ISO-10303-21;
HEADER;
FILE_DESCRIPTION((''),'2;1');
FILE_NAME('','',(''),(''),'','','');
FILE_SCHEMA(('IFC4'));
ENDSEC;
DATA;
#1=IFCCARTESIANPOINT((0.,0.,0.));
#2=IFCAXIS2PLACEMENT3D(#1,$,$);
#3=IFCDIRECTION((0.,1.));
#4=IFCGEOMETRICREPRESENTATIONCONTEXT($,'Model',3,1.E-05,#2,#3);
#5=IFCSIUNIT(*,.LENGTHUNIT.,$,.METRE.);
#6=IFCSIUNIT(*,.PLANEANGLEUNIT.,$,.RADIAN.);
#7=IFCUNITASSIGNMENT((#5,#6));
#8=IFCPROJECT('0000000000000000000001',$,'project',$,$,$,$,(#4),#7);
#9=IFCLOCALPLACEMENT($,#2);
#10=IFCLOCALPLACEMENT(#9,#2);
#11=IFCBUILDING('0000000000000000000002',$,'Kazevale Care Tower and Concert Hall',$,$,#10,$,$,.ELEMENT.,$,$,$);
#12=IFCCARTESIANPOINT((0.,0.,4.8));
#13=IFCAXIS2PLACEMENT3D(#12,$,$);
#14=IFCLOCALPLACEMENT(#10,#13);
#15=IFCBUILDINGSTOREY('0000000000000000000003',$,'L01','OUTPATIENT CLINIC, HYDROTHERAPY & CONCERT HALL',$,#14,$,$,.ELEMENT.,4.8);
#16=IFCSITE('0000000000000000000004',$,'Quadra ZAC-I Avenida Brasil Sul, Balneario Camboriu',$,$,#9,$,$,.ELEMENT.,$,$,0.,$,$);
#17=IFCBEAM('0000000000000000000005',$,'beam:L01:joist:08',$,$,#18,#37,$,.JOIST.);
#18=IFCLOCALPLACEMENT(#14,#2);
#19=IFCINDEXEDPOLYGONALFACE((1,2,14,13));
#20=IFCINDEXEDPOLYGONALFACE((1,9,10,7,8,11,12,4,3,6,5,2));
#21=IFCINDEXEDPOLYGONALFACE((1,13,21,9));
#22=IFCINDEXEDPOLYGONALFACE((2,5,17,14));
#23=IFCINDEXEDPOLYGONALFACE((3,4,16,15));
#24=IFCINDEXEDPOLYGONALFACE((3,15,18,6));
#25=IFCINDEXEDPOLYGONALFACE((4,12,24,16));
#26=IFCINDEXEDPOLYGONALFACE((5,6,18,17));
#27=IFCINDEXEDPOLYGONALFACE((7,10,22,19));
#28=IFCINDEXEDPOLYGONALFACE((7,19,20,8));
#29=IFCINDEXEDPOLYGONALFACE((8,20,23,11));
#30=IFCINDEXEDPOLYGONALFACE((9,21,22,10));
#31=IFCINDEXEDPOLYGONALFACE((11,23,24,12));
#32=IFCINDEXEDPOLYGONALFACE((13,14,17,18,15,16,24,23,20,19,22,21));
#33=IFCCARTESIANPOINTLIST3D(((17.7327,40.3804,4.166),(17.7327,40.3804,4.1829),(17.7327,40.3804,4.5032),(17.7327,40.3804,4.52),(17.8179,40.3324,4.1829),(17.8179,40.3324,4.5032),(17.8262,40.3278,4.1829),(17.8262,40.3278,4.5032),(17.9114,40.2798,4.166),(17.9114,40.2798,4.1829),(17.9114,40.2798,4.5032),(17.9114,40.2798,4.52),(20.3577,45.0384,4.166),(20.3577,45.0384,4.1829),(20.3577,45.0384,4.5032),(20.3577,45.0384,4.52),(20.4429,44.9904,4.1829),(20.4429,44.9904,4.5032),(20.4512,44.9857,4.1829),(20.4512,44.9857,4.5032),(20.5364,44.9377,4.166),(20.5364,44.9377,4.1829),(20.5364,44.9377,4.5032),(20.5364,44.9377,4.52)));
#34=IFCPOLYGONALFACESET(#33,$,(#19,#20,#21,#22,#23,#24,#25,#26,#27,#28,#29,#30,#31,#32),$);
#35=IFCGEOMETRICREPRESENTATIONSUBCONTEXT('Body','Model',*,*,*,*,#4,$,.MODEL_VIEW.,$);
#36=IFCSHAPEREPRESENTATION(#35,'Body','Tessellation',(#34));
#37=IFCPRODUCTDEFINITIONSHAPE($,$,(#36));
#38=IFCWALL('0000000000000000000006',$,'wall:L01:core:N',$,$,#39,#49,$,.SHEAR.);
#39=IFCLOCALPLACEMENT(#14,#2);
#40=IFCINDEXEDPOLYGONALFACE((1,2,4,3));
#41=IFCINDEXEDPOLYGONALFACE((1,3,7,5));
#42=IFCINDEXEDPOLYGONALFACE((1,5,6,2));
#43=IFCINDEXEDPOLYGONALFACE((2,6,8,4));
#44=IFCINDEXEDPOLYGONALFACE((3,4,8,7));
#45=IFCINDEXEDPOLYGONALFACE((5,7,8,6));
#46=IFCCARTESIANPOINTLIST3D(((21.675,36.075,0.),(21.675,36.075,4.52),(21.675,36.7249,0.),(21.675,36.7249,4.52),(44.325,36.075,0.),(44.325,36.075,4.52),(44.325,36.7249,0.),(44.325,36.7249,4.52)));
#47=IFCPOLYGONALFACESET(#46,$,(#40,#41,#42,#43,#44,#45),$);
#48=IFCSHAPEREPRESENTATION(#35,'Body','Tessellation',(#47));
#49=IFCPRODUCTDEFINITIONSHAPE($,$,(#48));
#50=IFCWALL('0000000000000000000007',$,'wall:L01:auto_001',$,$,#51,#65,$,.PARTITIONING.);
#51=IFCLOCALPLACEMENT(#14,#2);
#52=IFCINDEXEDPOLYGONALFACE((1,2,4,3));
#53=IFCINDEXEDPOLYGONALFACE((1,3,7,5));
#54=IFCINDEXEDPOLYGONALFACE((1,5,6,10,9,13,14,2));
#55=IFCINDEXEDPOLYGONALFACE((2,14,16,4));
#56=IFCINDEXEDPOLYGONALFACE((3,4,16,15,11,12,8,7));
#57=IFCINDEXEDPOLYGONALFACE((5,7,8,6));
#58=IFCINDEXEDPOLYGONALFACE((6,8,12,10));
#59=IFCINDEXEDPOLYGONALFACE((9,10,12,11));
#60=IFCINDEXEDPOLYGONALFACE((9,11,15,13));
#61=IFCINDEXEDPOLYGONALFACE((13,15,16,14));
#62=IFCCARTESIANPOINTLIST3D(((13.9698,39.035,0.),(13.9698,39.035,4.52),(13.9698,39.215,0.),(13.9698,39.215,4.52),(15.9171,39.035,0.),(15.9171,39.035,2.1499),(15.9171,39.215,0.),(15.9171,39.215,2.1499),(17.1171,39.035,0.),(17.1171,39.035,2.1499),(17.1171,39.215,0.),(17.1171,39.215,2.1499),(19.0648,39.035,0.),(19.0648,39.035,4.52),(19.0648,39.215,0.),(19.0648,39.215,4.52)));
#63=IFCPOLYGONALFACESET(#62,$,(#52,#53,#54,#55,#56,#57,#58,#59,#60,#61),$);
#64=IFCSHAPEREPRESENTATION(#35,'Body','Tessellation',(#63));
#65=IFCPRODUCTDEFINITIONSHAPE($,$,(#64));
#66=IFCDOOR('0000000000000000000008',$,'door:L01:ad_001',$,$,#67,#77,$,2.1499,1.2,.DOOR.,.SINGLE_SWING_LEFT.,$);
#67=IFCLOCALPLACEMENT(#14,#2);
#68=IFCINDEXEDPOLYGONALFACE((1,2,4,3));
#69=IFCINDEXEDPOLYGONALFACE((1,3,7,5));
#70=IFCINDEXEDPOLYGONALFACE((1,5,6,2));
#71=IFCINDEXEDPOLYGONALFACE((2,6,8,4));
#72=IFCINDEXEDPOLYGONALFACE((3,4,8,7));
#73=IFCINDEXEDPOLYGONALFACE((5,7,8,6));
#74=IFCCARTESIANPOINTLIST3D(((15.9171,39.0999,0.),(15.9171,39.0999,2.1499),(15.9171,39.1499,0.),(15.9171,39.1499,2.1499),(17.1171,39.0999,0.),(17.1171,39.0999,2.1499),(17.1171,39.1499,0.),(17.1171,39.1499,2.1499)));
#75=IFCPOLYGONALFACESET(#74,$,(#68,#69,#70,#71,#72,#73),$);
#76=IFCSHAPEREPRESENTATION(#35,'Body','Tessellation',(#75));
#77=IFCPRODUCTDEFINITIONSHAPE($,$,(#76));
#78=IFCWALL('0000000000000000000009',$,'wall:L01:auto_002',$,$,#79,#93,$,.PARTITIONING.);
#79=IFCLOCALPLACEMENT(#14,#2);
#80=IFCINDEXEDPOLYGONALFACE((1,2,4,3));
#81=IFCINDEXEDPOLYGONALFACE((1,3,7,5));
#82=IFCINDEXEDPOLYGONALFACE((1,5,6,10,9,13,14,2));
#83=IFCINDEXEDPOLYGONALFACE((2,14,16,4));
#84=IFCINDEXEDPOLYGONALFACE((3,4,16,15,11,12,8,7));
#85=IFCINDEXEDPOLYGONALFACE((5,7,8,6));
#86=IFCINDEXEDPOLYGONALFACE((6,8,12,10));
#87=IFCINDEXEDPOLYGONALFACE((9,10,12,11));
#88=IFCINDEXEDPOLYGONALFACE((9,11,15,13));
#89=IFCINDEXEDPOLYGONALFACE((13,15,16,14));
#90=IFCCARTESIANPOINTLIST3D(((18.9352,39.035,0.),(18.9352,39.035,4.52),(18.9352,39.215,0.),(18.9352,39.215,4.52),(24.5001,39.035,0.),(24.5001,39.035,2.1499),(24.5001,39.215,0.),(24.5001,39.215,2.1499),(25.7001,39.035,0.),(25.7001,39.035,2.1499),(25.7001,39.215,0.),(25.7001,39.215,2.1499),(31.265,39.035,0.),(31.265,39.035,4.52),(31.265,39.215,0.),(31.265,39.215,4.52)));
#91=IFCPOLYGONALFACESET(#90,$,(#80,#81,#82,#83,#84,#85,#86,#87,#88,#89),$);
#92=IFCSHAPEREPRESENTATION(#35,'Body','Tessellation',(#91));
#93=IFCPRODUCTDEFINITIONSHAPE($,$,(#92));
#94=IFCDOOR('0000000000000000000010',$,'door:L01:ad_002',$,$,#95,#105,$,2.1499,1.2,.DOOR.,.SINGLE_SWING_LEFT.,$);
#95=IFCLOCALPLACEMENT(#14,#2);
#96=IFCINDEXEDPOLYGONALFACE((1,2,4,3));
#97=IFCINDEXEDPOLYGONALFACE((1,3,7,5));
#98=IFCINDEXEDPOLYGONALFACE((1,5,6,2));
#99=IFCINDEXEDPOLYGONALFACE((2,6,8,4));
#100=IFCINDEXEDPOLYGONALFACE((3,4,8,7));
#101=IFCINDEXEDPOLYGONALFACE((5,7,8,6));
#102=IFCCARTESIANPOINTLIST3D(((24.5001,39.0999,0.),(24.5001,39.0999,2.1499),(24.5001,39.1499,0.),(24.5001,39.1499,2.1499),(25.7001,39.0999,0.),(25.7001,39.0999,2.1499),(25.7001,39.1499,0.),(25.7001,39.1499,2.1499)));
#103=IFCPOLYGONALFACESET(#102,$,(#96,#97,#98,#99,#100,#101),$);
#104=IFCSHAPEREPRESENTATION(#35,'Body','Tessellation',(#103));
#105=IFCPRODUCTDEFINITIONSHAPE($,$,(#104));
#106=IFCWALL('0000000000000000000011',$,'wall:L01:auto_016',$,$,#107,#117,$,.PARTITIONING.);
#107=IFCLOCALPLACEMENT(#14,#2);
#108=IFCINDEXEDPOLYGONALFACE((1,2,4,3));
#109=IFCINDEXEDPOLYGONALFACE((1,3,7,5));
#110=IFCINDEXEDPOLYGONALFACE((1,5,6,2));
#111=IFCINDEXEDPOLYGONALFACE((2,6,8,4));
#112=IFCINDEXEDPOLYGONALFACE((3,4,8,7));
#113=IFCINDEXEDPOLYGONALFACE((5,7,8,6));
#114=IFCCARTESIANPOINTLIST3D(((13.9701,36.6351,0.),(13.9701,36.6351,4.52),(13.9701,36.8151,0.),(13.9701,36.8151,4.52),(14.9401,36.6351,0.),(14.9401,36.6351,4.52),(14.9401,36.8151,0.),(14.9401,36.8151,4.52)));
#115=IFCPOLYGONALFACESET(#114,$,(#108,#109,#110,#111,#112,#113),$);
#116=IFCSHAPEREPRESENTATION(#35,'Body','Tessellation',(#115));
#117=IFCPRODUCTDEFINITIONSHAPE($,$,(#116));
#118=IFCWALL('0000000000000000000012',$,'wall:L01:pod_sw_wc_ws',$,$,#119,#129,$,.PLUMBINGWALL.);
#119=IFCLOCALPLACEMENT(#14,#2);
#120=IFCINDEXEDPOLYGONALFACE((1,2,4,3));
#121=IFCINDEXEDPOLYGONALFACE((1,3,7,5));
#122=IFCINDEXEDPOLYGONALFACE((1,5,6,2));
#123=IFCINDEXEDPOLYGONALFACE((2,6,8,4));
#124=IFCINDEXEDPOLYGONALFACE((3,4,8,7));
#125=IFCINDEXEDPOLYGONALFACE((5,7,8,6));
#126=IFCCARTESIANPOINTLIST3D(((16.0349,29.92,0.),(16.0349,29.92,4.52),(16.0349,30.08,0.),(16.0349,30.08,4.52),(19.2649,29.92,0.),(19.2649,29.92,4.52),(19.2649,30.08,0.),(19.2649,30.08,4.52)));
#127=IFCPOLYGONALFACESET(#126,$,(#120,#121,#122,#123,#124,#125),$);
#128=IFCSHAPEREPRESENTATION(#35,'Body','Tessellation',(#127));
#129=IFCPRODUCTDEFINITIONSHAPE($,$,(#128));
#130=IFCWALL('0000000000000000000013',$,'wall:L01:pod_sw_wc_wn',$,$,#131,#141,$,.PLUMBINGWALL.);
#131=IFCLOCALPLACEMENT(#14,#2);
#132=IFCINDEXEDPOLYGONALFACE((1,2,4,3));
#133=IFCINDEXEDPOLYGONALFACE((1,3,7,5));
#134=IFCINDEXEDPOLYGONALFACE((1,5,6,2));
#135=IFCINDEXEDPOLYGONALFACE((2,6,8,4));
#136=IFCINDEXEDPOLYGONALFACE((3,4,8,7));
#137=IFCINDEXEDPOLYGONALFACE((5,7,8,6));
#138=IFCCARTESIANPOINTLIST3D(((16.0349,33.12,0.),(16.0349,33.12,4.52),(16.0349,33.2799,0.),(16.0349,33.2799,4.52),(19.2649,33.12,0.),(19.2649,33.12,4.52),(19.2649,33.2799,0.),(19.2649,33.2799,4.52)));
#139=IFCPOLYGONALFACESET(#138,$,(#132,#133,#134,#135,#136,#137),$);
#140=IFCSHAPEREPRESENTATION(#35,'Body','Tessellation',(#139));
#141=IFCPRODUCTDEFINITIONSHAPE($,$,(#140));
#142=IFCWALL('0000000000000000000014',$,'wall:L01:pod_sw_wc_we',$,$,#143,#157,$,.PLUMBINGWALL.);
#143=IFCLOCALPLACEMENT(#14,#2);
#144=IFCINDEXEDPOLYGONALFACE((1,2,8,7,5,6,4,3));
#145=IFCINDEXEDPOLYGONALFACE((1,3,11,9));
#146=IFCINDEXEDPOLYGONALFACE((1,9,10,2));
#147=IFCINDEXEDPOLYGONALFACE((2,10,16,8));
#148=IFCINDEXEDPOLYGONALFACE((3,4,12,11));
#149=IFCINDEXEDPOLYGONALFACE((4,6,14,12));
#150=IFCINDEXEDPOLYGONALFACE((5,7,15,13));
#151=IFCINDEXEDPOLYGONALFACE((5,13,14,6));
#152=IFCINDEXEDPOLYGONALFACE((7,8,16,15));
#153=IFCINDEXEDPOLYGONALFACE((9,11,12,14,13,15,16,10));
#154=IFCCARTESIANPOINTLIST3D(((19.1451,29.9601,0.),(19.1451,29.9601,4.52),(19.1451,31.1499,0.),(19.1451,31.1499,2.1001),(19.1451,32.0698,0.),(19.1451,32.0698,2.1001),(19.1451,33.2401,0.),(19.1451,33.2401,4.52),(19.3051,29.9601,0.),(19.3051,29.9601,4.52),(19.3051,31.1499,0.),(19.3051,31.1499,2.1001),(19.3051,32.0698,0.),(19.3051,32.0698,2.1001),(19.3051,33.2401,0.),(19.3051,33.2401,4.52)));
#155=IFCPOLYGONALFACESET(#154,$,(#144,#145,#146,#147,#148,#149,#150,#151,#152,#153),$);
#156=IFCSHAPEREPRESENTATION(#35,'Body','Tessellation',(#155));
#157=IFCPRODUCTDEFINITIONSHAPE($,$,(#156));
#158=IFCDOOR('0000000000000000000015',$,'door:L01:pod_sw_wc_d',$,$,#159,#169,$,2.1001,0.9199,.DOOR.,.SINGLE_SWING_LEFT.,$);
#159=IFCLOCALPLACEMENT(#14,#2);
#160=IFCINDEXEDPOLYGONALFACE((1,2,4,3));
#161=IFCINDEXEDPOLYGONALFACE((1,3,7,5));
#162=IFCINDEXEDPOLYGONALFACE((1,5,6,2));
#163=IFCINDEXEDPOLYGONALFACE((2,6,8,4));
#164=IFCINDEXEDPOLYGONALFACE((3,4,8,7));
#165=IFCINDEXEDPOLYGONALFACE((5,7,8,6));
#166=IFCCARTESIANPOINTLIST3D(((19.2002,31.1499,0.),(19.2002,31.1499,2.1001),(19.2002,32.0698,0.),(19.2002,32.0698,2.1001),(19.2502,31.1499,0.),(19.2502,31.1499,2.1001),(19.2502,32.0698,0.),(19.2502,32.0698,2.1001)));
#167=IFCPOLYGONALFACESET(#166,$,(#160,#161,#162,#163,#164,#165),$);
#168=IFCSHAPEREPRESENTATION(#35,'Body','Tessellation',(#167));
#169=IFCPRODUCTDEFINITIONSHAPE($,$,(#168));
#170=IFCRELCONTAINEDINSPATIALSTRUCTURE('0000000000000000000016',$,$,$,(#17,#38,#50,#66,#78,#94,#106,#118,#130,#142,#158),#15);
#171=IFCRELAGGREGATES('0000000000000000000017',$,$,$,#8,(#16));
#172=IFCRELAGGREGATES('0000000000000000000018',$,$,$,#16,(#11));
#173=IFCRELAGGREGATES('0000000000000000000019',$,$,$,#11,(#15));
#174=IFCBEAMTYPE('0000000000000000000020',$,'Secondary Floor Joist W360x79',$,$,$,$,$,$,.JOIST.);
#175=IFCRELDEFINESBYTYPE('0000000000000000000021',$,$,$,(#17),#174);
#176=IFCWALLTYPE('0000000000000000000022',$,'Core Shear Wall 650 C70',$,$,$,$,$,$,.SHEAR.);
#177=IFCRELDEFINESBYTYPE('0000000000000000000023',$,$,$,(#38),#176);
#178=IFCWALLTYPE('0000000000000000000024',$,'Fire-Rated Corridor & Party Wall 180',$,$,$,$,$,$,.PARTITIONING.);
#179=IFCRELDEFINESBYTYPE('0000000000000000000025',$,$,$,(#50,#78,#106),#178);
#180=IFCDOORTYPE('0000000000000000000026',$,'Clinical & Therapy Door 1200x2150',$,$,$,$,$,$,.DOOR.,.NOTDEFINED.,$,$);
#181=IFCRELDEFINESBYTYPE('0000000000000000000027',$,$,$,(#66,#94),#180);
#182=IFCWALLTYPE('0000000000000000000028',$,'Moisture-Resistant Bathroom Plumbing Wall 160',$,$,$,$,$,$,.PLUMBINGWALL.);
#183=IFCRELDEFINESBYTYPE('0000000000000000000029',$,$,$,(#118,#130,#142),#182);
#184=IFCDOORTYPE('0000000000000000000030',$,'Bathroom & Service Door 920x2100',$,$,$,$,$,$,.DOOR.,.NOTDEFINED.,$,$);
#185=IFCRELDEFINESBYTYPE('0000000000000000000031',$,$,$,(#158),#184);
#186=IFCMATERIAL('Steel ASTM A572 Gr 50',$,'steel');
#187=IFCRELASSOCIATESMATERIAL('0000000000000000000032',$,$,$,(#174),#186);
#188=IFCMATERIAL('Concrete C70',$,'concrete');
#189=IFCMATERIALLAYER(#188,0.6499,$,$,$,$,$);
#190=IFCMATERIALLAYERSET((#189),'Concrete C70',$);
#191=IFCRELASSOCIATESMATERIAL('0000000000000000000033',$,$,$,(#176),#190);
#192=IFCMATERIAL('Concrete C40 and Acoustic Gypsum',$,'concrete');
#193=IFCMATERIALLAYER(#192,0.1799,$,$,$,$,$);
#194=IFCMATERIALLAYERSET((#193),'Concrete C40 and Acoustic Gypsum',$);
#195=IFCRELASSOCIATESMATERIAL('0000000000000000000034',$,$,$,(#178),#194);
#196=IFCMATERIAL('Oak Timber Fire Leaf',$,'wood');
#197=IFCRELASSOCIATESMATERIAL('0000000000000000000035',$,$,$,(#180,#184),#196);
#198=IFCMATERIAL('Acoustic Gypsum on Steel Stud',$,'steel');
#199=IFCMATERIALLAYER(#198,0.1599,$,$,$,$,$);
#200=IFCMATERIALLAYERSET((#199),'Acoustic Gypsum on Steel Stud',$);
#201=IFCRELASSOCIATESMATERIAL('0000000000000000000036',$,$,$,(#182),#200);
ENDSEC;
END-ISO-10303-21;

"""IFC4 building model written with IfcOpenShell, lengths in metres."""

from ifc_helpers import new_model, si_unit, direction, frame, frame_2d, origin, origin_2d, place, context, subcontext, project, spatial, rectangle, i_section, extrude, material, layer, layer_set, material_profile, profile_set, type_object, element, fill, save


model = new_model("IFC4")

# Units and contexts
model_context = context("Model", 3, precision=1e-05, world=origin(), true_north=direction((0.0, 1.0)))
body_context = subcontext(model_context, "Body", "Model", "MODEL_VIEW")
ifc_project = project(units=[si_unit("LENGTHUNIT", "METRE"), si_unit("PLANEANGLEUNIT", "RADIAN")], contexts=[model_context])

# Site, building, storey
site_placement = place(None, origin())
site = spatial("IfcSite", under=ifc_project, at=site_placement, Name="Quadra ZAC-I Avenida Brasil Sul, Balneario Camboriu", CompositionType="ELEMENT", RefElevation=0.0)
building_placement = place(site_placement, origin())
building = spatial("IfcBuilding", under=site, at=building_placement, Name="Kazevale Care Tower and Concert Hall", CompositionType="ELEMENT")
storey_placement = place(building_placement, frame((0.0, 0.0, 4.8)))
storey = spatial("IfcBuildingStorey", under=building, at=storey_placement, Name="L01", Description="OUTPATIENT CLINIC, HYDROTHERAPY & CONCERT HALL", CompositionType="ELEMENT", Elevation=4.8)

# Shared definitions
ifc_material_1 = material(Name="Concrete C70", Category="concrete")

# Beam
ifc_material_2 = material(Name="Steel ASTM A572 Gr 50", Category="steel")
ifc_material_profile_1 = material_profile(ifc_material_2, i_section(OverallWidth=0.2051, OverallDepth=0.354, WebThickness=0.0095, FlangeThickness=0.0168, at=origin_2d()), Name="W360x79")
ifc_profile_set_1 = profile_set([ifc_material_profile_1], Name="Steel ASTM A572 Gr 50")
beam_type_1 = type_object("IfcBeamType", Name="Secondary Floor Joist W360x79", PredefinedType="JOIST", material=ifc_profile_set_1)
beam_1_placement = place(storey_placement, frame((20.447, 44.988, 4.343), z_axis=(-0.490957, -0.871184, 0.0), x_axis=(0.871184, -0.490957, 0.0)))
element("IfcBeam", 1, at=beam_1_placement, inside=storey, type_object=beam_type_1, Name="beam:L01:joist:08", PredefinedType="JOIST", context=body_context, shape_type="SweptSolid", body=[
    extrude(i_section(OverallWidth=0.2051, OverallDepth=0.354, WebThickness=0.0095, FlangeThickness=0.0168, at=origin_2d()), origin(), (0.0, 0.0, 1.0), 5.3467),
])

# Wall
ifc_layer_1 = layer(ifc_material_1, 0.6499)
ifc_layer_set_1 = layer_set([ifc_layer_1], Name="Concrete C70")
wall_type_1 = type_object("IfcWallType", Name="Core Shear Wall 650 C70", PredefinedType="SHEAR", material=ifc_layer_set_1)
wall_1_placement = place(storey_placement, frame((21.675, 36.3999, 0.0), z_axis=(0.0, 0.0, 1.0), x_axis=(1.0, 0.0, 0.0)))
element("IfcWall", 2, at=wall_1_placement, inside=storey, type_object=wall_type_1, Name="wall:L01:core:N", PredefinedType="SHEAR", context=body_context, shape_type="SweptSolid", body=[
    extrude(rectangle(XDim=22.6499, YDim=0.6499, at=frame_2d((11.325, 0.0))), origin(), (0.0, 0.0, 1.0), 4.52),
])

# Walls, openings, doors
ifc_material_3 = material(Name="Concrete C40 and Acoustic Gypsum", Category="concrete")
ifc_layer_2 = layer(ifc_material_3, 0.1799)
ifc_layer_set_2 = layer_set([ifc_layer_2], Name="Concrete C40 and Acoustic Gypsum")
wall_type_2 = type_object("IfcWallType", Name="Fire-Rated Corridor & Party Wall 180", PredefinedType="PARTITIONING", material=ifc_layer_set_2)
wall_2_placement = place(storey_placement, frame((13.97, 39.125, 0.0), z_axis=(0.0, 0.0, 1.0), x_axis=(1.0, 0.0, 0.0)))
wall_2 = element("IfcWall", 3, at=wall_2_placement, inside=storey, type_object=wall_type_2, Name="wall:L01:auto_001", PredefinedType="PARTITIONING", context=body_context, shape_type="SweptSolid", body=[
    extrude(rectangle(XDim=5.095, YDim=0.1799, at=frame_2d((2.5474, 0.0))), origin(), (0.0, 0.0, 1.0), 4.52),
])
opening_1_placement = place(wall_2_placement, frame((1.947, 0.0, 0.0)))
opening_1 = element("IfcOpeningElement", 4, at=opening_1_placement, cuts=wall_2, PredefinedType="OPENING", context=body_context, shape_type="SweptSolid", body=[
    extrude(rectangle(XDim=1.2, YDim=2.1499, at=frame_2d((0.6001, 1.075))), frame((0.0, 0.0999, 0.0), z_axis=(0.0, -1.0, 0.0), x_axis=(1.0, 0.0, 0.0)), (0.0, 0.0, 1.0), 0.2),
])
ifc_material_4 = material(Name="Oak Timber Fire Leaf", Category="wood")
door_type_1 = type_object("IfcDoorType", Name="Clinical & Therapy Door 1200x2150", OperationType="NOTDEFINED", PredefinedType="DOOR", material=ifc_material_4)
door_1_placement = place(opening_1_placement, origin())
door_1 = element("IfcDoor", 5, at=door_1_placement, inside=storey, type_object=door_type_1, Name="door:L01:ad_001", OperationType="SINGLE_SWING_LEFT", OverallHeight=2.1499, OverallWidth=1.2, PredefinedType="DOOR", context=body_context, shape_type="SweptSolid", body=[
    extrude(rectangle(XDim=1.2, YDim=2.1499, at=frame_2d((0.6001, 1.075))), frame((0.0, 0.0249, 0.0), z_axis=(0.0, -1.0, 0.0), x_axis=(1.0, 0.0, 0.0)), (0.0, 0.0, 1.0), 0.05),
])
fill(opening_1, door_1)
wall_3_placement = place(storey_placement, frame((18.9351, 39.125, 0.0), z_axis=(0.0, 0.0, 1.0), x_axis=(1.0, 0.0, 0.0)))
wall_3 = element("IfcWall", 6, at=wall_3_placement, inside=storey, type_object=wall_type_2, Name="wall:L01:auto_002", PredefinedType="PARTITIONING", context=body_context, shape_type="SweptSolid", body=[
    extrude(rectangle(XDim=12.3298, YDim=0.1799, at=frame_2d((6.165, 0.0))), origin(), (0.0, 0.0, 1.0), 4.52),
])
opening_2_placement = place(wall_3_placement, frame((5.5649, 0.0, 0.0)))
opening_2 = element("IfcOpeningElement", 7, at=opening_2_placement, cuts=wall_3, PredefinedType="OPENING", context=body_context, shape_type="SweptSolid", body=[
    extrude(rectangle(XDim=1.2, YDim=2.1499, at=frame_2d((0.6001, 1.075))), frame((0.0, 0.0999, 0.0), z_axis=(0.0, -1.0, 0.0), x_axis=(1.0, 0.0, 0.0)), (0.0, 0.0, 1.0), 0.2),
])
door_2_placement = place(opening_2_placement, origin())
door_2 = element("IfcDoor", 8, at=door_2_placement, inside=storey, type_object=door_type_1, Name="door:L01:ad_002", OperationType="SINGLE_SWING_LEFT", OverallHeight=2.1499, OverallWidth=1.2, PredefinedType="DOOR", context=body_context, shape_type="SweptSolid", body=[
    extrude(rectangle(XDim=1.2, YDim=2.1499, at=frame_2d((0.6001, 1.075))), frame((0.0, 0.0249, 0.0), z_axis=(0.0, -1.0, 0.0), x_axis=(1.0, 0.0, 0.0)), (0.0, 0.0, 1.0), 0.05),
])
fill(opening_2, door_2)

# Walls
wall_4_placement = place(storey_placement, frame((14.9399, 36.7251, 0.0), z_axis=(0.0, 0.0, 1.0), x_axis=(-1.0, 0.0, 0.0)))
element("IfcWall", 9, at=wall_4_placement, inside=storey, type_object=wall_type_2, Name="wall:L01:auto_016", PredefinedType="PARTITIONING", context=body_context, shape_type="SweptSolid", body=[
    extrude(rectangle(XDim=0.97, YDim=0.1799, at=frame_2d((0.4849, 0.0))), origin(), (0.0, 0.0, 1.0), 4.52),
])
ifc_material_5 = material(Name="Acoustic Gypsum on Steel Stud", Category="steel")
ifc_layer_3 = layer(ifc_material_5, 0.1599)
ifc_layer_set_3 = layer_set([ifc_layer_3], Name="Acoustic Gypsum on Steel Stud")
wall_type_3 = type_object("IfcWallType", Name="Moisture-Resistant Bathroom Plumbing Wall 160", PredefinedType="PLUMBINGWALL", material=ifc_layer_set_3)
for number, where, z_axis, x_axis, name in (
    (10, (16.0349, 30.0, 0.0), (0.0, 0.0, 1.0), (1.0, 0.0, 0.0), "wall:L01:pod_sw_wc_ws"),
    (11, (16.0349, 33.2, 0.0), (0.0, 0.0, 1.0), (1.0, 0.0, 0.0), "wall:L01:pod_sw_wc_wn"),
):
    element("IfcWall", number, at=place(storey_placement, frame(where, z_axis=z_axis, x_axis=x_axis)), inside=storey, type_object=wall_type_3, Name=name, PredefinedType="PLUMBINGWALL", context=body_context, shape_type="SweptSolid", body=[
        extrude(rectangle(XDim=3.23, YDim=0.1599, at=frame_2d((1.615, 0.0))), origin(), (0.0, 0.0, 1.0), 4.52),
    ])

# Wall, opening, door
wall_5_placement = place(storey_placement, frame((19.2251, 29.96, 0.0), z_axis=(0.0, 0.0, 1.0), x_axis=(0.0, 1.0, 0.0)))
wall_5 = element("IfcWall", 12, at=wall_5_placement, inside=storey, type_object=wall_type_3, Name="wall:L01:pod_sw_wc_we", PredefinedType="PLUMBINGWALL", context=body_context, shape_type="SweptSolid", body=[
    extrude(rectangle(XDim=3.28, YDim=0.1599, at=frame_2d((1.6401, 0.0))), origin(), (0.0, 0.0, 1.0), 4.52),
])
opening_3_placement = place(wall_5_placement, frame((1.1899, 0.0, 0.0)))
opening_3 = element("IfcOpeningElement", 13, at=opening_3_placement, cuts=wall_5, PredefinedType="OPENING", context=body_context, shape_type="SweptSolid", body=[
    extrude(rectangle(XDim=0.9199, YDim=2.1001, at=frame_2d((0.46, 1.05))), frame((0.0, 0.0898, 0.0), z_axis=(0.0, -1.0, 0.0), x_axis=(1.0, 0.0, 0.0)), (0.0, 0.0, 1.0), 0.1799),
])
door_type_2 = type_object("IfcDoorType", Name="Bathroom & Service Door 920x2100", OperationType="NOTDEFINED", PredefinedType="DOOR", material=ifc_material_4)
door_3_placement = place(opening_3_placement, origin())
door_3 = element("IfcDoor", 14, at=door_3_placement, inside=storey, type_object=door_type_2, Name="door:L01:pod_sw_wc_d", OperationType="SINGLE_SWING_LEFT", OverallHeight=2.1001, OverallWidth=0.9199, PredefinedType="DOOR", context=body_context, shape_type="SweptSolid", body=[
    extrude(rectangle(XDim=0.9199, YDim=2.1001, at=frame_2d((0.46, 1.05))), frame((0.0, 0.0249, 0.0), z_axis=(0.0, -1.0, 0.0), x_axis=(1.0, 0.0, 0.0)), (0.0, 0.0, 1.0), 0.05),
])
fill(opening_3, door_3)

save(model, "model.ifc")
